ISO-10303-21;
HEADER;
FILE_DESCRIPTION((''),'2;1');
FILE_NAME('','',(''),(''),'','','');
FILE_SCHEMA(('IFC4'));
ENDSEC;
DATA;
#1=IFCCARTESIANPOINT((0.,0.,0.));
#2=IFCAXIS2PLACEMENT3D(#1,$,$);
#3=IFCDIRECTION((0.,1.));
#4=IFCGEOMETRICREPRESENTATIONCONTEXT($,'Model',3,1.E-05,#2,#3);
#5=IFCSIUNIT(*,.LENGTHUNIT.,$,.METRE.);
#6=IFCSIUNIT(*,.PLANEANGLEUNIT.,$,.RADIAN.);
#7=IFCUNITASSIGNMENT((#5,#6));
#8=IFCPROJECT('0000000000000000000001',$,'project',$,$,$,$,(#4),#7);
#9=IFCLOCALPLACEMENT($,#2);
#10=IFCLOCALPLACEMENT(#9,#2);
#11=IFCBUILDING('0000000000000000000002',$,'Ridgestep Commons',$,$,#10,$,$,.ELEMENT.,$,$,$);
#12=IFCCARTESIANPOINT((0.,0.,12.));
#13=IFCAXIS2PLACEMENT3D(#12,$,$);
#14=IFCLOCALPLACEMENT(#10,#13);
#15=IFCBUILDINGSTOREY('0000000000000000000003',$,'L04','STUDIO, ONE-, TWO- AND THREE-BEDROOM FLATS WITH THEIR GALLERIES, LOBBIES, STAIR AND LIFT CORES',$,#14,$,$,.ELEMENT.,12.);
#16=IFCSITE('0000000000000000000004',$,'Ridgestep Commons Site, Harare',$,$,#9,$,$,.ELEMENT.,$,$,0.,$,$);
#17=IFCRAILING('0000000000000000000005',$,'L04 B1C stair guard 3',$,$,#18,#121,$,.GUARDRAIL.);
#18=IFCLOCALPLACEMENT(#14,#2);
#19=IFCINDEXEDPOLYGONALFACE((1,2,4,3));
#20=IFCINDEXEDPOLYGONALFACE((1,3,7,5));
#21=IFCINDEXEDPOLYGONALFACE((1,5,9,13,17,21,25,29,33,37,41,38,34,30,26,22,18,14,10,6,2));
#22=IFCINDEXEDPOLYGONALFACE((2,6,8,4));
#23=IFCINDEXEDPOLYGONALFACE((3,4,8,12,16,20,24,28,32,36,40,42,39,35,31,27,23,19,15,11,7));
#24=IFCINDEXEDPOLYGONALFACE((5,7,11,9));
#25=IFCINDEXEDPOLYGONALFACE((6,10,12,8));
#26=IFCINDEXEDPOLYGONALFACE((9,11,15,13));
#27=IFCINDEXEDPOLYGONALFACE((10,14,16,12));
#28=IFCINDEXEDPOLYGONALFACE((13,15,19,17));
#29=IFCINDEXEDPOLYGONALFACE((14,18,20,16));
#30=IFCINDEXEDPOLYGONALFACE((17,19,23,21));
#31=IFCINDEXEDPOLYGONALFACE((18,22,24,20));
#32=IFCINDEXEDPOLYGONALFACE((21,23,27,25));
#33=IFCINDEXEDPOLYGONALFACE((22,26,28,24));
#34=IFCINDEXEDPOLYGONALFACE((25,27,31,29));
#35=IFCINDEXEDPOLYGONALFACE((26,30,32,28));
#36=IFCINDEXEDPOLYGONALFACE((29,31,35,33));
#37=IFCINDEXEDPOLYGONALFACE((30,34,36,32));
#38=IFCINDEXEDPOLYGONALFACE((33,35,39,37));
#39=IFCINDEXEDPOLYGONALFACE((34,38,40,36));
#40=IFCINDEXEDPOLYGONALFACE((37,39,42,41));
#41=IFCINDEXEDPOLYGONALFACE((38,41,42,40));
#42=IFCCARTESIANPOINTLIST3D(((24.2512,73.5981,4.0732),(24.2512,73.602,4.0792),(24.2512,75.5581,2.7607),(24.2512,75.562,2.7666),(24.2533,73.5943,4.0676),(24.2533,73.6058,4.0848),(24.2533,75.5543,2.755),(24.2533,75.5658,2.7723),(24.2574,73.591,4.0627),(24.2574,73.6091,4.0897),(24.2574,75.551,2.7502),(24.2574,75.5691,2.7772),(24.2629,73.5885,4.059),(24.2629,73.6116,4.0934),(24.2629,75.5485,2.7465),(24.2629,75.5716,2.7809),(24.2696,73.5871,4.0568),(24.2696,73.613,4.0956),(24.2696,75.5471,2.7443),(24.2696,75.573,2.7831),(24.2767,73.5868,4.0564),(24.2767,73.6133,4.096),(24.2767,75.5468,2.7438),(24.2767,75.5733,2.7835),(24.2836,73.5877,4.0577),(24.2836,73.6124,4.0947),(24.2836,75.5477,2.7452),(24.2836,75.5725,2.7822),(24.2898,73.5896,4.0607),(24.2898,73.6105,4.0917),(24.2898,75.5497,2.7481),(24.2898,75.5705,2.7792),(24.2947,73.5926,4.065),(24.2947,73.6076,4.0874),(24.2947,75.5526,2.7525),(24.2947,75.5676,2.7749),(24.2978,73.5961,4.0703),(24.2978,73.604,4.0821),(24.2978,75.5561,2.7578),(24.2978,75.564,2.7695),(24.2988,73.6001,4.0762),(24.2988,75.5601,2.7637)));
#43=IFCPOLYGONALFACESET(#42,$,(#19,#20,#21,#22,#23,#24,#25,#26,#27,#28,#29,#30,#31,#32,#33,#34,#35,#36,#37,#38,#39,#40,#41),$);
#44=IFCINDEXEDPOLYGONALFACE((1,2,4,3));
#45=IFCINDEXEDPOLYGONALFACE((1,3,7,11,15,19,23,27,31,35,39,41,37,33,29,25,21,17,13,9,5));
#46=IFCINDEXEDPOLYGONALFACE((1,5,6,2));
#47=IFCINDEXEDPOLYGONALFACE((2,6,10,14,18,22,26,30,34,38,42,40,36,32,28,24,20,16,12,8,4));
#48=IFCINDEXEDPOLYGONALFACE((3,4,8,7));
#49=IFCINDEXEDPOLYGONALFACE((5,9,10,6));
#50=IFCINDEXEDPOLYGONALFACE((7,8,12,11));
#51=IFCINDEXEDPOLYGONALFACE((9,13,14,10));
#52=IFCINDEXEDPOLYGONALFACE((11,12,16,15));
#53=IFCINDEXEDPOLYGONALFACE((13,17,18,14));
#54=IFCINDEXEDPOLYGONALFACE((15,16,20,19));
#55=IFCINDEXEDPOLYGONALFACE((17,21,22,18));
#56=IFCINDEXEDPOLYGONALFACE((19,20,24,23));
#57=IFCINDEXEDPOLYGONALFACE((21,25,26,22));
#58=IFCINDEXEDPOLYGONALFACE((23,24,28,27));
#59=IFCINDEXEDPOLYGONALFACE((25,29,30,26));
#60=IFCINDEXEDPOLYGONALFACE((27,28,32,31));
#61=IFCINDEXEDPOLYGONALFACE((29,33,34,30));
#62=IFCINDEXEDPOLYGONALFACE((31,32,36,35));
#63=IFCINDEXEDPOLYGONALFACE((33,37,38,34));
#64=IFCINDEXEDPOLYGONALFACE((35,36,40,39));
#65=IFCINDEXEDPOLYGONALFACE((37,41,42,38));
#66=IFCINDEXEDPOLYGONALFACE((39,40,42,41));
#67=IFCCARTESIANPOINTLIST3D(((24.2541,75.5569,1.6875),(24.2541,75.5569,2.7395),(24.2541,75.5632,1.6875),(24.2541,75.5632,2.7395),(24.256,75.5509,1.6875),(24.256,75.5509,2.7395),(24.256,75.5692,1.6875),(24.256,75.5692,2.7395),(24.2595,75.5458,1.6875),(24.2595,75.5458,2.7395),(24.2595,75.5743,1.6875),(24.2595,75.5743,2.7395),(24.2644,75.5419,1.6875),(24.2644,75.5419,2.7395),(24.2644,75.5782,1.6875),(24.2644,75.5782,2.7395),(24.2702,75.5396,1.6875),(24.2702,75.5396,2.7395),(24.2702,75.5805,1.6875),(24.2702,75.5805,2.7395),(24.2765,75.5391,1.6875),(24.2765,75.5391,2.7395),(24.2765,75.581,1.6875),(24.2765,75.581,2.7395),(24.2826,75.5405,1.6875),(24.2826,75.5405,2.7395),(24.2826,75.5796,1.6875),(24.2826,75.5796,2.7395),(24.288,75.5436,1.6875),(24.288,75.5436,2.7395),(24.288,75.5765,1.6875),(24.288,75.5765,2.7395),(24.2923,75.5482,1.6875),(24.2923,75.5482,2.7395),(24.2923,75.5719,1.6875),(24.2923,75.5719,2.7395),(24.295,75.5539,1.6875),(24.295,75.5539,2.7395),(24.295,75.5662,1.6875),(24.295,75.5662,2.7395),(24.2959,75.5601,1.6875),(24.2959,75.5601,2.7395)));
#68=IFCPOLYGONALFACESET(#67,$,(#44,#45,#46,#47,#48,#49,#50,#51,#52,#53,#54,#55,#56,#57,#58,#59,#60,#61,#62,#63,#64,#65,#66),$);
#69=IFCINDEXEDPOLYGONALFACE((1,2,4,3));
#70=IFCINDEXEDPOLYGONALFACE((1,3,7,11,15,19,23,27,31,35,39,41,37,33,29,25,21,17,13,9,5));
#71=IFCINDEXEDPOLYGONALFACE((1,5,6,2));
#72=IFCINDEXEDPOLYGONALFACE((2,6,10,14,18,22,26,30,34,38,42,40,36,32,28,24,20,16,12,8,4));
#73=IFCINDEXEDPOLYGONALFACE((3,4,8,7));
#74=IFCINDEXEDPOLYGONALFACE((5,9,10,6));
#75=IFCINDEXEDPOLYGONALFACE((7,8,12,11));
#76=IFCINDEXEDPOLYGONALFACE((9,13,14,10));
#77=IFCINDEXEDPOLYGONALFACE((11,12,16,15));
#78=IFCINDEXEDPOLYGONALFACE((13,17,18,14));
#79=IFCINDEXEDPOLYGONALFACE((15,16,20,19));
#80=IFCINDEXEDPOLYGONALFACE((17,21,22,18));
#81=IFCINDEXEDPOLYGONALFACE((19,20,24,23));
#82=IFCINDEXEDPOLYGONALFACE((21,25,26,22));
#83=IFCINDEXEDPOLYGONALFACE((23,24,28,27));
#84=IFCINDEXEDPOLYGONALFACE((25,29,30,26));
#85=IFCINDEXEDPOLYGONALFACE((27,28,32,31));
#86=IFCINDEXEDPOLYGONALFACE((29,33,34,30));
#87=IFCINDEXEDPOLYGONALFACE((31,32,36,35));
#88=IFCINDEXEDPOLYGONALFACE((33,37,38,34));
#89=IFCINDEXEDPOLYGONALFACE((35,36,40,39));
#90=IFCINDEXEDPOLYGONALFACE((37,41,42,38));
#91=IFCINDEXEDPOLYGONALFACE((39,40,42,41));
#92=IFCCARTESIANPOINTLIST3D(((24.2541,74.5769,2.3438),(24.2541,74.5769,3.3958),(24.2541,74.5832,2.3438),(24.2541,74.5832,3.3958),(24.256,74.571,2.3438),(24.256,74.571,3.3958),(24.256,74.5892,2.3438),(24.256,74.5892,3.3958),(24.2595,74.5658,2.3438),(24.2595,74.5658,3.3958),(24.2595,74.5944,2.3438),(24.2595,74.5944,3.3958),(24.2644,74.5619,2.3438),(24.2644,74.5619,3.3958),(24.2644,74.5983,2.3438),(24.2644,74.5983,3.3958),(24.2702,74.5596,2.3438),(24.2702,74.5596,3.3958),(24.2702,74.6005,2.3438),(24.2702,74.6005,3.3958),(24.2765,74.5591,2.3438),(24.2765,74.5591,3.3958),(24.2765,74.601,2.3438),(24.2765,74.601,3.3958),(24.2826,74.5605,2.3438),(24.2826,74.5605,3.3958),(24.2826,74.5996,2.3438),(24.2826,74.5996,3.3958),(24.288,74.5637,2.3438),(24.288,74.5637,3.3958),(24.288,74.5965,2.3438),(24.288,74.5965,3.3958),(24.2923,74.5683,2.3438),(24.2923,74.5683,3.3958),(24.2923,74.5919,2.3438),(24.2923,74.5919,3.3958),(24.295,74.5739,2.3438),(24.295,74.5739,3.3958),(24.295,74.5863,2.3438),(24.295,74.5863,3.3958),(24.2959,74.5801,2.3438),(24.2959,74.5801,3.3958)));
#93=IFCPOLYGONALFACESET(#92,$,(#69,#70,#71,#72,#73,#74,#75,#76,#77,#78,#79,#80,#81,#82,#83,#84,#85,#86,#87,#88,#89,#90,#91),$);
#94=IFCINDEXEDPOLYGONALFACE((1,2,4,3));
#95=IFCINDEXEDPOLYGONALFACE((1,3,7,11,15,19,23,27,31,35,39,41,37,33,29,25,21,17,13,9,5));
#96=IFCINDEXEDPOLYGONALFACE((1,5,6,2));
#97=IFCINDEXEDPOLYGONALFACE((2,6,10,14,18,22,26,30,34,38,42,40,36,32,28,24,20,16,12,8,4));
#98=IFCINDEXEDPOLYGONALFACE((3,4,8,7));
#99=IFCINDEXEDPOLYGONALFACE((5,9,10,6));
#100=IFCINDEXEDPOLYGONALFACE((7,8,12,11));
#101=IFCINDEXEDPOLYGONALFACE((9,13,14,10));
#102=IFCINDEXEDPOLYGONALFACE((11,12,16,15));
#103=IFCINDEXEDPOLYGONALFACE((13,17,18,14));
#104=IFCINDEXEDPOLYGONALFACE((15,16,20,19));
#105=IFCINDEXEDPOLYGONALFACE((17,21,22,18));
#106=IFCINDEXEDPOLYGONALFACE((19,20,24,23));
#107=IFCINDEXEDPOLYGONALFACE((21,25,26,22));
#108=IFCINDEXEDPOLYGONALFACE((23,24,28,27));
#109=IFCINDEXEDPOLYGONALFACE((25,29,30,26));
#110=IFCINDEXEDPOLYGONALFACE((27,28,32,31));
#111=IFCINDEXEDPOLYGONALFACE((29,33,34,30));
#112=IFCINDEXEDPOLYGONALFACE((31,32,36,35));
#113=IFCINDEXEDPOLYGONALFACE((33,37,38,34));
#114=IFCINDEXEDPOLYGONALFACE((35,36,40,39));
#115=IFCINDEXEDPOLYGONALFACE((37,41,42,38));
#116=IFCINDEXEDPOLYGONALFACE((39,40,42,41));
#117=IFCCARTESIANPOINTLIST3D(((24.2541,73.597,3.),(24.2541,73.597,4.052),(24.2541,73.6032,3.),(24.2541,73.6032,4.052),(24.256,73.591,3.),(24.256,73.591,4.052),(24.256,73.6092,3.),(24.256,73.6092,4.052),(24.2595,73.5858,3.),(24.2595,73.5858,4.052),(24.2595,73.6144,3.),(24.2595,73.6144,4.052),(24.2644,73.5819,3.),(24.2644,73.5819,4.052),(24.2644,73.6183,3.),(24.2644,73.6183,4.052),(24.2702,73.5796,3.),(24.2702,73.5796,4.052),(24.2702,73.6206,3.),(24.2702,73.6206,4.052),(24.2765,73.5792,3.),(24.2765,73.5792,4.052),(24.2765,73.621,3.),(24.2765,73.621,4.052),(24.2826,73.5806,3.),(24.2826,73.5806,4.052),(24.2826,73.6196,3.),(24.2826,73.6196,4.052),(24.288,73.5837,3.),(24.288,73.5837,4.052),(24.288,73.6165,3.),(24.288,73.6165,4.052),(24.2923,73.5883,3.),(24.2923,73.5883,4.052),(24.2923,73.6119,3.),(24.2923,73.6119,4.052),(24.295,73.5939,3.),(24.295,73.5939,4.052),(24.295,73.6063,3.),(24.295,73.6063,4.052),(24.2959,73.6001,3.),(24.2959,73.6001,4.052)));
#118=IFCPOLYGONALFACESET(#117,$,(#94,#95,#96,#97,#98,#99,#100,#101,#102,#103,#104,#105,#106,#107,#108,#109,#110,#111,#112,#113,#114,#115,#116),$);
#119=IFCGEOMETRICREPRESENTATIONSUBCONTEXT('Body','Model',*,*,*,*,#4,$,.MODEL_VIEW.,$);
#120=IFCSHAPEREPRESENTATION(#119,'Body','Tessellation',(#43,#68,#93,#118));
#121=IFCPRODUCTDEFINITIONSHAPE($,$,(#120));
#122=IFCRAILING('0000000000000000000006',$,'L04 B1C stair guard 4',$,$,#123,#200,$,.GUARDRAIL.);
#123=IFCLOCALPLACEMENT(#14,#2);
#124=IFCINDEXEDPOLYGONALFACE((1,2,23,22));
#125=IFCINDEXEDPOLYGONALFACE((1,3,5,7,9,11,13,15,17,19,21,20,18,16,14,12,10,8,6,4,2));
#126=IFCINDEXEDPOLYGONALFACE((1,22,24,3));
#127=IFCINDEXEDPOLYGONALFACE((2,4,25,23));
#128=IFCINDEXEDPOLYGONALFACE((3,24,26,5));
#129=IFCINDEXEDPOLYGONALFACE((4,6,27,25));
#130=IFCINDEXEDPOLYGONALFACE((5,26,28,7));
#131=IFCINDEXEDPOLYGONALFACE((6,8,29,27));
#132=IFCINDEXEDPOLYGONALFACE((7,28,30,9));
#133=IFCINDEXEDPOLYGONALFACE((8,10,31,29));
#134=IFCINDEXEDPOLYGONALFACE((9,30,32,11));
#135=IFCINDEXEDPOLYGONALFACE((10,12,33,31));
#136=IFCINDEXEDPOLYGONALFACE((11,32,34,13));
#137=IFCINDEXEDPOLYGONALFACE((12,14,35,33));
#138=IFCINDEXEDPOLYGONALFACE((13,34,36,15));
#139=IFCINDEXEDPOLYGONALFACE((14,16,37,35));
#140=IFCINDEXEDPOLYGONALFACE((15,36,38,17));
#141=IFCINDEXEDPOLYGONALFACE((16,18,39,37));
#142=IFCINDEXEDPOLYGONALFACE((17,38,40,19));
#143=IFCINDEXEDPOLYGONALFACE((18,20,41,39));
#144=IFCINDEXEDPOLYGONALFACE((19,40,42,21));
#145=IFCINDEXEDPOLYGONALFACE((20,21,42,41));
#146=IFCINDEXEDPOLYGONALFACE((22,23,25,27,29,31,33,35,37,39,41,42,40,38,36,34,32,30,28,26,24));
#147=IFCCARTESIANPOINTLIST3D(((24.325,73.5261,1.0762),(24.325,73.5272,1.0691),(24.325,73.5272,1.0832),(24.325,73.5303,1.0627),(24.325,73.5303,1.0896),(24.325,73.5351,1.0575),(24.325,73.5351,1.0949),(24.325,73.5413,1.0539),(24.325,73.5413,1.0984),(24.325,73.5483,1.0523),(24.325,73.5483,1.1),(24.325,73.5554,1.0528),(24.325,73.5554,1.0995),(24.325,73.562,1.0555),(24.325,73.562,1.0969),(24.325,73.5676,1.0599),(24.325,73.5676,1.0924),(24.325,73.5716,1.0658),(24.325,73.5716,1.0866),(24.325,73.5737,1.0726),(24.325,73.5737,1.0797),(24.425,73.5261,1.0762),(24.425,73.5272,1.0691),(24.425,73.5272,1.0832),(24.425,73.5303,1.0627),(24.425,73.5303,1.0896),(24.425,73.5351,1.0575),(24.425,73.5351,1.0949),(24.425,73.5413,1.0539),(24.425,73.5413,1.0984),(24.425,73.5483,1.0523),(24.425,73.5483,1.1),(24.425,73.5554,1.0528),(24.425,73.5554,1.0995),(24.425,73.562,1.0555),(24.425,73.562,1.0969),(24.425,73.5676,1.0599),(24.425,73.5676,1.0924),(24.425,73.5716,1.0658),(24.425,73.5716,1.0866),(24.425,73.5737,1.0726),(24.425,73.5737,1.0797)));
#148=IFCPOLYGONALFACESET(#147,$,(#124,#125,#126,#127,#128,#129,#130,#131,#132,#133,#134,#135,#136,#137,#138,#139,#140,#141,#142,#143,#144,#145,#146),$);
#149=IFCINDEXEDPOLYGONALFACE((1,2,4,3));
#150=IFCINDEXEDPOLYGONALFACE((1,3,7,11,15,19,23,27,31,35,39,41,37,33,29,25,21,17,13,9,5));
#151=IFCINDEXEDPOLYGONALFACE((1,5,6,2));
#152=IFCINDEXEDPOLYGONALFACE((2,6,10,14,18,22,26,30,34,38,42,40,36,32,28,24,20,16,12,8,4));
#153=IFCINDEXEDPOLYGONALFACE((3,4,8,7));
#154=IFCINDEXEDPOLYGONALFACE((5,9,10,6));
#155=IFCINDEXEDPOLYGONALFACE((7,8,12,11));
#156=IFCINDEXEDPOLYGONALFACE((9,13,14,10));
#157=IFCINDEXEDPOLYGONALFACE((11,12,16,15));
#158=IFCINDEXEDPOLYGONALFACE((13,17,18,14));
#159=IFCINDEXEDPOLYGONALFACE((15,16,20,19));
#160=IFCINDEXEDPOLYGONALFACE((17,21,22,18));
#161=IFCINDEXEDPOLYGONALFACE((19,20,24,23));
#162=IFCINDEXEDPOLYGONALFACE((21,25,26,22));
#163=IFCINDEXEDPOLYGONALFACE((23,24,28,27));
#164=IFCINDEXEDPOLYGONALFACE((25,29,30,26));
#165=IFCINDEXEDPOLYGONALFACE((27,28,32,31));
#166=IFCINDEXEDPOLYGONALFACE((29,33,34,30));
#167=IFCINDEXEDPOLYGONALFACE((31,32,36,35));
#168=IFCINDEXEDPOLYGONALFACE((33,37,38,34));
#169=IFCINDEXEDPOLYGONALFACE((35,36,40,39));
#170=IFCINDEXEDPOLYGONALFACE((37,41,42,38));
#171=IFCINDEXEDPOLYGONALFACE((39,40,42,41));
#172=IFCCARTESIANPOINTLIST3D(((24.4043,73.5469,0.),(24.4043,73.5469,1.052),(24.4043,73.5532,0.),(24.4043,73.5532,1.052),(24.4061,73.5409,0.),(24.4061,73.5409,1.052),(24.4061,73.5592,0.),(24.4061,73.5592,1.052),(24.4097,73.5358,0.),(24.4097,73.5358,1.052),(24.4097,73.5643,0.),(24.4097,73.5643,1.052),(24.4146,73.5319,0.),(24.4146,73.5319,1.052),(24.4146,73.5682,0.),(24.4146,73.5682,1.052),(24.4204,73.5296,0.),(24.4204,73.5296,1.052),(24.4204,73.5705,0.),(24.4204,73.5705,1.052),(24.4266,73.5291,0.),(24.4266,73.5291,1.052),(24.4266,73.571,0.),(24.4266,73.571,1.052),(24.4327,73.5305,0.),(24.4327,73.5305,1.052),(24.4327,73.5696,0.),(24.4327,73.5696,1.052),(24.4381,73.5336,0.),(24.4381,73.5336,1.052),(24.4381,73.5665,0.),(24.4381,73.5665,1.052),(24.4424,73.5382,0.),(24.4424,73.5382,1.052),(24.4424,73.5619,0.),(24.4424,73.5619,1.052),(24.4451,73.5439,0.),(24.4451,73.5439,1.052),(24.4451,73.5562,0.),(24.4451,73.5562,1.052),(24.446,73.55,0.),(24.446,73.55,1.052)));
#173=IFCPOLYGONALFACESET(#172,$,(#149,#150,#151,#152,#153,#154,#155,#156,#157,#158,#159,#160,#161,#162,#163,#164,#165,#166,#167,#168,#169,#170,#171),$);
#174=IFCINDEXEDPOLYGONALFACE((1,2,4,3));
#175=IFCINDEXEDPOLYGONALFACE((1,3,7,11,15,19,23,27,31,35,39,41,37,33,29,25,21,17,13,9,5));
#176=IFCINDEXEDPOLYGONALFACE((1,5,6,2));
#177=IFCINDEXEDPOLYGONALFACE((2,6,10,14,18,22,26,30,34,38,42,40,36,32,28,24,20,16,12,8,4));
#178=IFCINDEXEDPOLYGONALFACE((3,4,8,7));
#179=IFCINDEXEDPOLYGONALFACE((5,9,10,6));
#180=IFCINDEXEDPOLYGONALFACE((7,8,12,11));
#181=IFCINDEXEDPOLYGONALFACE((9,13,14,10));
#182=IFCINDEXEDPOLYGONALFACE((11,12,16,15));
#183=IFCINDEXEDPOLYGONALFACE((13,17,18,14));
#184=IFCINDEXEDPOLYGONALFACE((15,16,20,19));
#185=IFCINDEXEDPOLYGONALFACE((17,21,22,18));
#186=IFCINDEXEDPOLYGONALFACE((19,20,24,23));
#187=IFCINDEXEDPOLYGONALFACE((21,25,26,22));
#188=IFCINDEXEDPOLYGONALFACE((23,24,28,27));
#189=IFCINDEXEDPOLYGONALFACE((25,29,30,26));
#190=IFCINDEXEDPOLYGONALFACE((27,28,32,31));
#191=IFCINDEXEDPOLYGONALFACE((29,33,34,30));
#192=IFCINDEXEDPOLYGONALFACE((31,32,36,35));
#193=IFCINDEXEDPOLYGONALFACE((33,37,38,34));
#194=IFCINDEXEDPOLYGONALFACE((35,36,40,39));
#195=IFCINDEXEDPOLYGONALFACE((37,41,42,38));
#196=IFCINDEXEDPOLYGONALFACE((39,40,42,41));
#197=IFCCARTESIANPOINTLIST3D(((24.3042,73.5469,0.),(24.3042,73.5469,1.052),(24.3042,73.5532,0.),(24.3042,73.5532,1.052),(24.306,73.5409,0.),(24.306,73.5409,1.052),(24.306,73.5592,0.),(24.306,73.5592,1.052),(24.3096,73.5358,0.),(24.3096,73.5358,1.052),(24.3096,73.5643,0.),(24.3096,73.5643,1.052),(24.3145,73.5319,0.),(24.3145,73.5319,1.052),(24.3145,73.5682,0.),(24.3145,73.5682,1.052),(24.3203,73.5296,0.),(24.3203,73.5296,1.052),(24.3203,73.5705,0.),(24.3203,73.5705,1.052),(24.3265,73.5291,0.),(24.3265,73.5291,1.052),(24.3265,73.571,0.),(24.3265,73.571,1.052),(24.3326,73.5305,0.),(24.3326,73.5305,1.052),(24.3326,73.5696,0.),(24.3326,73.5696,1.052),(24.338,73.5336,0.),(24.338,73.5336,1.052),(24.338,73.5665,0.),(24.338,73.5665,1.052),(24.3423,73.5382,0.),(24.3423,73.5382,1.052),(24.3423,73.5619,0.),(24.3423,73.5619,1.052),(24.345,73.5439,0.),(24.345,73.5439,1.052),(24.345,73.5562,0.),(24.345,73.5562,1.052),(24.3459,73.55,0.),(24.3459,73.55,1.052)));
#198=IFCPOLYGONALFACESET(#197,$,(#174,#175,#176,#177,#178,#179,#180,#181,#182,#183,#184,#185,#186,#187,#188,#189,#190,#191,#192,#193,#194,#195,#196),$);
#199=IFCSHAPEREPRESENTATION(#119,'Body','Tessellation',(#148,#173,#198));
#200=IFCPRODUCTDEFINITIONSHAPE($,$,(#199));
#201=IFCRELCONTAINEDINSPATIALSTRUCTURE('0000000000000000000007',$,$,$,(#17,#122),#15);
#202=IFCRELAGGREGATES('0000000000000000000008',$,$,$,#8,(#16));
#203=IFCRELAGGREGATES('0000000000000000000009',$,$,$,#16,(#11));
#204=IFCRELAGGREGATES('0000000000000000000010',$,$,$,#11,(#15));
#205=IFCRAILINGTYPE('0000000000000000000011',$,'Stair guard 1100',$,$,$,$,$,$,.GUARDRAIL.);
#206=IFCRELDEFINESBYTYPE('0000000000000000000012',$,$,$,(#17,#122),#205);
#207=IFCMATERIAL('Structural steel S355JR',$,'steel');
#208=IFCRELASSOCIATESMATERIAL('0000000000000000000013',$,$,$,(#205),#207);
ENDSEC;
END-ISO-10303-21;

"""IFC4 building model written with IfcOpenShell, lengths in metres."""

from ifc_helpers import new_model, si_unit, direction, frame, origin, origin_2d, place, context, subcontext, project, spatial, circle, extrude, material, type_object, element, save


model = new_model("IFC4")

# Units and contexts
model_context = context("Model", 3, precision=1e-05, world=origin(), true_north=direction((0.0, 1.0)))
body_context = subcontext(model_context, "Body", "Model", "MODEL_VIEW")
ifc_project = project(units=[si_unit("LENGTHUNIT", "METRE"), si_unit("PLANEANGLEUNIT", "RADIAN")], contexts=[model_context])

# Site, building, storey
site_placement = place(None, origin())
site = spatial("IfcSite", under=ifc_project, at=site_placement, Name="Ridgestep Commons Site, Harare", CompositionType="ELEMENT", RefElevation=0.0)
building_placement = place(site_placement, origin())
building = spatial("IfcBuilding", under=site, at=building_placement, Name="Ridgestep Commons", CompositionType="ELEMENT")
storey_placement = place(building_placement, frame((0.0, 0.0, 12.0)))
storey = spatial("IfcBuildingStorey", under=building, at=storey_placement, Name="L04", Description="STUDIO, ONE-, TWO- AND THREE-BEDROOM FLATS WITH THEIR GALLERIES, LOBBIES, STAIR AND LIFT CORES", CompositionType="ELEMENT", Elevation=12.0)

# Railings
ifc_material_1 = material(Name="Structural steel S355JR", Category="steel")
railing_type_1 = type_object("IfcRailingType", Name="Stair guard 1100", PredefinedType="GUARDRAIL", material=ifc_material_1)
railing_1_placement = place(storey_placement, frame((24.2749, 75.5601, 1.6875)))
element("IfcRailing", 1, at=railing_1_placement, inside=storey, type_object=railing_type_1, Name="L04 B1C stair guard 3", PredefinedType="GUARDRAIL", context=body_context, shape_type="SweptSolid", body=[
    extrude(circle(Radius=0.0239, at=origin_2d()), frame((0.0, 0.0, 1.0762), z_axis=(0.0, -0.830902, 0.556419), x_axis=(1.0, 0.0, 0.0)), (0.0, 0.0, 1.0), 2.3589),
    extrude(circle(Radius=0.021, at=origin_2d()), origin(), (0.0, 0.0, 1.0), 1.052),
    extrude(circle(Radius=0.021, at=origin_2d()), frame((0.0, -0.98, 0.6562)), (0.0, 0.0, 1.0), 1.052),
    extrude(circle(Radius=0.021, at=origin_2d()), frame((0.0, -1.96, 1.3125)), (0.0, 0.0, 1.0), 1.052),
])
railing_2_placement = place(storey_placement, frame((24.425, 73.55, 0.0)))
element("IfcRailing", 2, at=railing_2_placement, inside=storey, type_object=railing_type_1, Name="L04 B1C stair guard 4", PredefinedType="GUARDRAIL", context=body_context, shape_type="SweptSolid", body=[
    extrude(circle(Radius=0.0239, at=origin_2d()), frame((0.0, 0.0, 1.0762), z_axis=(-1.0, 0.0, 0.0), x_axis=(0.0, -1.0, 0.0)), (0.0, 0.0, 1.0), 0.1001),
    extrude(circle(Radius=0.021, at=origin_2d()), origin(), (0.0, 0.0, 1.0), 1.052),
    extrude(circle(Radius=0.021, at=origin_2d()), frame((-0.1001, 0.0, 0.0)), (0.0, 0.0, 1.0), 1.052),
])

save(model, "model.ifc")
